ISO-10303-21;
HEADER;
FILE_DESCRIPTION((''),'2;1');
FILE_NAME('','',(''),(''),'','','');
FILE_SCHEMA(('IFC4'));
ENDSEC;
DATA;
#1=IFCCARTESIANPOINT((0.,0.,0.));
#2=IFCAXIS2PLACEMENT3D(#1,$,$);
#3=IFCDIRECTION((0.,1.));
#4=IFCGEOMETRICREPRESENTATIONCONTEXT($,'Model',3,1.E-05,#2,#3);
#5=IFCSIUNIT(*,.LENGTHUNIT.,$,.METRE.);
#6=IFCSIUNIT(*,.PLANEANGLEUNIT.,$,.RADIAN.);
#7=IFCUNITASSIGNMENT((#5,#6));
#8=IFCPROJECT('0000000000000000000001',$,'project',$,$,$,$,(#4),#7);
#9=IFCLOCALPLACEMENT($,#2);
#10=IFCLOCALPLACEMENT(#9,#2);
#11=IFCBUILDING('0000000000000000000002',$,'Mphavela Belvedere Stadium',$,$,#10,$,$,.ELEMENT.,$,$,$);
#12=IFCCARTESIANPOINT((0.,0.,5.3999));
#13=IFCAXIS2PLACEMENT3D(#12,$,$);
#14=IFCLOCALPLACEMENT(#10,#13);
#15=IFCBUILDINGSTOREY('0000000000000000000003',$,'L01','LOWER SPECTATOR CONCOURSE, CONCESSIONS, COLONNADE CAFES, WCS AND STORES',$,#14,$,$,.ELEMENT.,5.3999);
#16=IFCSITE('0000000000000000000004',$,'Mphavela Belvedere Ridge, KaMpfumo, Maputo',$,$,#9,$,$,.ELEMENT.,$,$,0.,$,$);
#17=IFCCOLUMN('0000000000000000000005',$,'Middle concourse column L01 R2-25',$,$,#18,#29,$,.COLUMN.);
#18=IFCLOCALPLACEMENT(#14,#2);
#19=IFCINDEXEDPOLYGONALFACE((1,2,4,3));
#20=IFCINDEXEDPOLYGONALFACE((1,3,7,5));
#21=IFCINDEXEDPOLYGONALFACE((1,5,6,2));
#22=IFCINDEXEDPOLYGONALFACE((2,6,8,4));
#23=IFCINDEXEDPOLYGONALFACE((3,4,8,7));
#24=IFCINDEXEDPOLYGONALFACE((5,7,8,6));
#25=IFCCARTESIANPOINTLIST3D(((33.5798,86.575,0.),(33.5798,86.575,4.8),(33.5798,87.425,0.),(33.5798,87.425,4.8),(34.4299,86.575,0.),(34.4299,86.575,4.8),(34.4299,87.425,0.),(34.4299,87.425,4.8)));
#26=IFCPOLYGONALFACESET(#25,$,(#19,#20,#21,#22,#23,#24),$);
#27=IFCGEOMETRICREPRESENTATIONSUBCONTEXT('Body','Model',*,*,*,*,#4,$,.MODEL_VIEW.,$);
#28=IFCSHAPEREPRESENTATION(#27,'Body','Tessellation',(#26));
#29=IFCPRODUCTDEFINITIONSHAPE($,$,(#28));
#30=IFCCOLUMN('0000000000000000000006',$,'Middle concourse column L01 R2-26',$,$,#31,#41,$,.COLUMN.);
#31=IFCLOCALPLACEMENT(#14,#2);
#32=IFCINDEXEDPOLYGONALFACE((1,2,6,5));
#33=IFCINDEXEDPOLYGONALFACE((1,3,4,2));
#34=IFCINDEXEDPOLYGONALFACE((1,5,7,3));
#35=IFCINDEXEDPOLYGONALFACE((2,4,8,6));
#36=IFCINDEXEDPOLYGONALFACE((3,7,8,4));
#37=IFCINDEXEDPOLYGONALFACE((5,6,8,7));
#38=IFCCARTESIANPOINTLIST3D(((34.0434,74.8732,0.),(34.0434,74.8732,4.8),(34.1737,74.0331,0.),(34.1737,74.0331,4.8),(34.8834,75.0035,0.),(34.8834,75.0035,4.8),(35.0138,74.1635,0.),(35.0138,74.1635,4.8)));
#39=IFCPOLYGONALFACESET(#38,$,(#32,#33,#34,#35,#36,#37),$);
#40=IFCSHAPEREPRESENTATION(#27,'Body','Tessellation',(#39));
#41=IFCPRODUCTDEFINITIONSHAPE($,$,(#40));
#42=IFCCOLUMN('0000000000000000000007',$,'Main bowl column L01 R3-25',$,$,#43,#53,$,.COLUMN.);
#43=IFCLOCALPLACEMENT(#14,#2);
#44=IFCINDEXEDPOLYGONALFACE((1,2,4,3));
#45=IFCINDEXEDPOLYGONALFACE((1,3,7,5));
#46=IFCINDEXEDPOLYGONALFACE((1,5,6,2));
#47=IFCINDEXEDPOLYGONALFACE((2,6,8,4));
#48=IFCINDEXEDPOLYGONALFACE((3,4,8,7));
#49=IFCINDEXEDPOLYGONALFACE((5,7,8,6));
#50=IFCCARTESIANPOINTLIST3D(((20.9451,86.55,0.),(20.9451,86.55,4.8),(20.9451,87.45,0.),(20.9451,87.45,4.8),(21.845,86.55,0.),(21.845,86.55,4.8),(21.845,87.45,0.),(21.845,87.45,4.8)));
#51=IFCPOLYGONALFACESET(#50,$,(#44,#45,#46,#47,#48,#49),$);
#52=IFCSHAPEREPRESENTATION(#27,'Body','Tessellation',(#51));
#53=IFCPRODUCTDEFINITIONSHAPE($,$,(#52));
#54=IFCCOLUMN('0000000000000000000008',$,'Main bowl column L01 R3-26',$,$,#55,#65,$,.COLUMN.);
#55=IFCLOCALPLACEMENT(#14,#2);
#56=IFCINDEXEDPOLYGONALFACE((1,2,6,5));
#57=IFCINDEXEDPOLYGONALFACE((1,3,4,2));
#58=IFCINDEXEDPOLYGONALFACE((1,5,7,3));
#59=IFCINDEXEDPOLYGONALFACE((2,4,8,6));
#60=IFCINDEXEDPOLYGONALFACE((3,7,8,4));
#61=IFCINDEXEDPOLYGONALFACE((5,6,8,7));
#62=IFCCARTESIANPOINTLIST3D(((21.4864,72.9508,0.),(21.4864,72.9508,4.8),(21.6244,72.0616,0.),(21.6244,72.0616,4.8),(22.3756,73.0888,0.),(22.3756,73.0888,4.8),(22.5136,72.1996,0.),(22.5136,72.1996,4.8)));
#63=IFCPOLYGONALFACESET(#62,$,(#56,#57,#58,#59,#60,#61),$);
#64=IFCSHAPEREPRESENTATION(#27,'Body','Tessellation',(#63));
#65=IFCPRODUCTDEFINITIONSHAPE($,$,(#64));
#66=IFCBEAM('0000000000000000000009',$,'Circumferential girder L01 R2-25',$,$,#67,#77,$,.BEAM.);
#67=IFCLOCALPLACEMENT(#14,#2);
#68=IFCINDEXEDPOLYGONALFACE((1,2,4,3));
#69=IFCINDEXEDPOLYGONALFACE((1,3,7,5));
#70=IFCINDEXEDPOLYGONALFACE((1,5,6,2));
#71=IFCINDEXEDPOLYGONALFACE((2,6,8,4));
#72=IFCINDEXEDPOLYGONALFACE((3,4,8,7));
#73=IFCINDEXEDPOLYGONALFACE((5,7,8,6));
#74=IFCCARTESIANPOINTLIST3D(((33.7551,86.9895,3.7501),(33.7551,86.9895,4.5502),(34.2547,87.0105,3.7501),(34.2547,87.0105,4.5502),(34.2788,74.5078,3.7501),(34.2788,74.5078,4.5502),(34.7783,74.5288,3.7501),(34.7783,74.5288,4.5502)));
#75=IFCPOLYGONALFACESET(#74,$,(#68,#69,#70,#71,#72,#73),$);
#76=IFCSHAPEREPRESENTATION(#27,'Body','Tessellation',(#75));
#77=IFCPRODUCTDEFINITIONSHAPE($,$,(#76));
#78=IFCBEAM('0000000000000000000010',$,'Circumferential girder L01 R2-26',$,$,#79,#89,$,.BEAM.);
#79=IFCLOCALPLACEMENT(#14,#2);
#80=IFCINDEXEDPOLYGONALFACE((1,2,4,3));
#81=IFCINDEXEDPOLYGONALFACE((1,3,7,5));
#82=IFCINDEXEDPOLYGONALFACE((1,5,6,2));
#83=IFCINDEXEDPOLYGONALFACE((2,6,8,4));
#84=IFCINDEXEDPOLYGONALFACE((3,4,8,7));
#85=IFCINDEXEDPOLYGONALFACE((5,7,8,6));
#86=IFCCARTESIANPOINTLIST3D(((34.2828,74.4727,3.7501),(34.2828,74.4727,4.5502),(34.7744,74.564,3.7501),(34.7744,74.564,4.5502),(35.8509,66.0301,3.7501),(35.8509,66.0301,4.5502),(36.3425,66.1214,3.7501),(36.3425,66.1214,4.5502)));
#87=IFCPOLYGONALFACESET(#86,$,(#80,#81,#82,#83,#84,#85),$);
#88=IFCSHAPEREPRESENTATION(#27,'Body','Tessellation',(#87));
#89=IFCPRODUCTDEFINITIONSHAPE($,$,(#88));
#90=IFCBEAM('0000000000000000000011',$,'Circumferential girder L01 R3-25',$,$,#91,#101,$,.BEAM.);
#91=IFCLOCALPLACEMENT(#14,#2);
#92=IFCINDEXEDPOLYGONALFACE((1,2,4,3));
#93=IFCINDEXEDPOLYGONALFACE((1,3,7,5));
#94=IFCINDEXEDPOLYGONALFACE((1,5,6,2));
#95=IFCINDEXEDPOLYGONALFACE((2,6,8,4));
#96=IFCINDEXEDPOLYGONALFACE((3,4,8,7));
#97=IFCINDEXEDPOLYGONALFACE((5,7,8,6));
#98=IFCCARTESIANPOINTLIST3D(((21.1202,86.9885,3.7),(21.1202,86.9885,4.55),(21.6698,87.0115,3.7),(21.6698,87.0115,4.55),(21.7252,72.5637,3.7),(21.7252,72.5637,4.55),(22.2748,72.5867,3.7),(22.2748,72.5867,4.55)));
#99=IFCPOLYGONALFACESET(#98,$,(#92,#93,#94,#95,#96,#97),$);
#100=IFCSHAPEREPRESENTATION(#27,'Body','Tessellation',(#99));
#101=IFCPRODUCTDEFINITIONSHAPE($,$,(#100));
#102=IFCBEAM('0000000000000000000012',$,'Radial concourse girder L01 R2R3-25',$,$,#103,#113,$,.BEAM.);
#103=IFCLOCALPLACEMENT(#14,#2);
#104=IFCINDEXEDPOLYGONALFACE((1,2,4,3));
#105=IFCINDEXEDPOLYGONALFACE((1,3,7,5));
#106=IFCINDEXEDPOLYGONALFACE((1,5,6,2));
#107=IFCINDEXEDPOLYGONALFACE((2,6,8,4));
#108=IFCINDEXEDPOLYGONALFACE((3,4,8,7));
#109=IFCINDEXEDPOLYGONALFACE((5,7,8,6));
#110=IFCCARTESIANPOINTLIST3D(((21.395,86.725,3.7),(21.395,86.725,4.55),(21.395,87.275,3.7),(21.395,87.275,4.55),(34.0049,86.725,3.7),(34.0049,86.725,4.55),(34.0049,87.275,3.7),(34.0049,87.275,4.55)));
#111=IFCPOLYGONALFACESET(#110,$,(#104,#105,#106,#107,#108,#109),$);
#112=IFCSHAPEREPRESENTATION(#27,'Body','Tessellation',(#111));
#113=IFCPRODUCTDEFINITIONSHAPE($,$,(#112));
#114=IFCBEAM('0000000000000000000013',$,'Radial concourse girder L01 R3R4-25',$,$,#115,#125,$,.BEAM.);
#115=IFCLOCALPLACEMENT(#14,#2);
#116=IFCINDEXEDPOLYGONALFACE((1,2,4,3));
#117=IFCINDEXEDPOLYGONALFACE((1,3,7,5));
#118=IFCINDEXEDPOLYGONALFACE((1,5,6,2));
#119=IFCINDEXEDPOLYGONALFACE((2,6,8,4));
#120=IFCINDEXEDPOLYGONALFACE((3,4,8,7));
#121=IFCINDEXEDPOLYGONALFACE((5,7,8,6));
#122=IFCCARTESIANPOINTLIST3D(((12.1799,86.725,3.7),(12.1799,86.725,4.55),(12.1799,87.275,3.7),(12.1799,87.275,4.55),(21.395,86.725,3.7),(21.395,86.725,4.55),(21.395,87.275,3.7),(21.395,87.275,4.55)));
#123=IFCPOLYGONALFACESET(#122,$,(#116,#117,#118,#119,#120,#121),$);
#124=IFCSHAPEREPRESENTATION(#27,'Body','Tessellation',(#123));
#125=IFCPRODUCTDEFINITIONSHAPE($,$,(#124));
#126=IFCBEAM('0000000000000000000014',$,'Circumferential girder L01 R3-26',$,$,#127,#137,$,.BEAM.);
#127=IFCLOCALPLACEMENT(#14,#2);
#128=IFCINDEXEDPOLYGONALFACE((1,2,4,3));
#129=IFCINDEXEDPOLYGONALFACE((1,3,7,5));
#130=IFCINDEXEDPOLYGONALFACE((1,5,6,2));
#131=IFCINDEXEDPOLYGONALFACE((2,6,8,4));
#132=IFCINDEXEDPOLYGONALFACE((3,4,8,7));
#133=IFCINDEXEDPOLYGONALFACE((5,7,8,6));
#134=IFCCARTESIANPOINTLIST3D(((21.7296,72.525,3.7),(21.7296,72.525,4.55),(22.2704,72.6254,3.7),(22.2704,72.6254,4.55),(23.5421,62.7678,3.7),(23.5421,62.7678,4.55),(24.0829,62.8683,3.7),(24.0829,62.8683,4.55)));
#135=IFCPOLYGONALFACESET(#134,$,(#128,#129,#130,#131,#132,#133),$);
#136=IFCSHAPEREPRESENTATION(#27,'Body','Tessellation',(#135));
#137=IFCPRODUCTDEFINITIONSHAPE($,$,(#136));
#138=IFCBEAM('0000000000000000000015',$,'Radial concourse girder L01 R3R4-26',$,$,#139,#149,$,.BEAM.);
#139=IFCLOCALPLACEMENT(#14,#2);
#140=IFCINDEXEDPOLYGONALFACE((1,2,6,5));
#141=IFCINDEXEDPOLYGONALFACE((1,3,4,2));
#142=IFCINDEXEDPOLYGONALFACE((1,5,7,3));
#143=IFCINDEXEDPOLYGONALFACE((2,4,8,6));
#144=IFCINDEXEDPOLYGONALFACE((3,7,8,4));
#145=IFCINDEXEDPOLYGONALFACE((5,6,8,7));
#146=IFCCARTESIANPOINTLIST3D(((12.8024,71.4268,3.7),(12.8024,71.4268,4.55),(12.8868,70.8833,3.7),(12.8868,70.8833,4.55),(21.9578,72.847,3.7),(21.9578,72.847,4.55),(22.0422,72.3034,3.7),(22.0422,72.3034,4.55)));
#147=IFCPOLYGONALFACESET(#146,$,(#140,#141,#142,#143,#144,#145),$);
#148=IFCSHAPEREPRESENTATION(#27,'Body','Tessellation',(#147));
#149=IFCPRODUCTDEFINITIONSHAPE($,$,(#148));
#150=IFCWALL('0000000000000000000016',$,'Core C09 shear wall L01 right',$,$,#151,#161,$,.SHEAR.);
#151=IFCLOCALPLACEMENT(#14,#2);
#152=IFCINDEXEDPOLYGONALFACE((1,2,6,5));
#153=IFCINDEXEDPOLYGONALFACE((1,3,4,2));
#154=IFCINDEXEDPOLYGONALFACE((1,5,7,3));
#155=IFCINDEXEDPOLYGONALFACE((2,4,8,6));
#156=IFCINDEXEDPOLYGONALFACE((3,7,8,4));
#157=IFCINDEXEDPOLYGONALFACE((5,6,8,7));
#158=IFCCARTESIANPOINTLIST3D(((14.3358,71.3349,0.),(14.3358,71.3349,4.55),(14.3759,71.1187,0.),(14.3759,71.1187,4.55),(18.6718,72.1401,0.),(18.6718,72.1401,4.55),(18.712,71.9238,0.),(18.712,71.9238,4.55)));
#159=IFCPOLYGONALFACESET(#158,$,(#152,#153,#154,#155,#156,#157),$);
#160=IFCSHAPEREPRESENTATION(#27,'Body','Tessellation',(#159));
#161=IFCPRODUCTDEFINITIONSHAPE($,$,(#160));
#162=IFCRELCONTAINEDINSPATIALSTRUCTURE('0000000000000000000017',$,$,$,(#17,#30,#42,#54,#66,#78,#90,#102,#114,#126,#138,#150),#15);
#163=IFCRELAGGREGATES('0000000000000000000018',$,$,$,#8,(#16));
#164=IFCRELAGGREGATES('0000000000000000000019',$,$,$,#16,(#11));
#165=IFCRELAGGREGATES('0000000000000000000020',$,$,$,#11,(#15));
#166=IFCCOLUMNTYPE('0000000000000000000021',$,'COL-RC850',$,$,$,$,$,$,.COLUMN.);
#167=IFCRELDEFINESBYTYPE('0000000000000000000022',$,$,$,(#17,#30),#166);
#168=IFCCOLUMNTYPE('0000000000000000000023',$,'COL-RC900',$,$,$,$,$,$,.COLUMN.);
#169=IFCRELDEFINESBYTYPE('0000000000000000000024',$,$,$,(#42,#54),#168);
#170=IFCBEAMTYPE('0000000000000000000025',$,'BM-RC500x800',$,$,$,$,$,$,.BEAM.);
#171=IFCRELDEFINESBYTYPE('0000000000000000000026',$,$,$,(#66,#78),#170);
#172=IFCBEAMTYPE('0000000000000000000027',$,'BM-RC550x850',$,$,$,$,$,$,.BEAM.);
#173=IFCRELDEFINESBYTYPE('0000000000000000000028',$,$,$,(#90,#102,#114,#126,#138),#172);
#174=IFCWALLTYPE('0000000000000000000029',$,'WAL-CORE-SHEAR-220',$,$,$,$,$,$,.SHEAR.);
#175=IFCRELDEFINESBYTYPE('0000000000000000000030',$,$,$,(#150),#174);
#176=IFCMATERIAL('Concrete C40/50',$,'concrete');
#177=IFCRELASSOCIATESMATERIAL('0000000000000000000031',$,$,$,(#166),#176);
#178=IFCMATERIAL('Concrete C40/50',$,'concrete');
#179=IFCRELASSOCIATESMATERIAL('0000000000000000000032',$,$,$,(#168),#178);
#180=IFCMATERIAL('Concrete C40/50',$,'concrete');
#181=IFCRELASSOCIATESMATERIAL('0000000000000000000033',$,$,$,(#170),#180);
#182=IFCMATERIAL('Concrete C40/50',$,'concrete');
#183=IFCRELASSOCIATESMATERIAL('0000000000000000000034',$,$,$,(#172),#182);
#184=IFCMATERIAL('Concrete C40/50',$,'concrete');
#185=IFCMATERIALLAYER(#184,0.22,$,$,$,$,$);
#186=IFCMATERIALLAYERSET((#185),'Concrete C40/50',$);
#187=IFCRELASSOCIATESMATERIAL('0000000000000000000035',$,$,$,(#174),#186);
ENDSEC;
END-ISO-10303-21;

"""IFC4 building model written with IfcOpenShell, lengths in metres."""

from ifc_helpers import new_model, si_unit, direction, frame, frame_2d, origin, origin_2d, place, context, subcontext, project, spatial, rectangle, extrude, material, layer, layer_set, material_profile, profile_set, type_object, element, save


model = new_model("IFC4")

# Units and contexts
model_context = context("Model", 3, precision=1e-05, world=origin(), true_north=direction((0.0, 1.0)))
body_context = subcontext(model_context, "Body", "Model", "MODEL_VIEW")
ifc_project = project(units=[si_unit("LENGTHUNIT", "METRE"), si_unit("PLANEANGLEUNIT", "RADIAN")], contexts=[model_context])

# Site, building, storey
site_placement = place(None, origin())
site = spatial("IfcSite", under=ifc_project, at=site_placement, Name="Mphavela Belvedere Ridge, KaMpfumo, Maputo", CompositionType="ELEMENT", RefElevation=0.0)
building_placement = place(site_placement, origin())
building = spatial("IfcBuilding", under=site, at=building_placement, Name="Mphavela Belvedere Stadium", CompositionType="ELEMENT")
storey_placement = place(building_placement, frame((0.0, 0.0, 5.3999)))
storey = spatial("IfcBuildingStorey", under=building, at=storey_placement, Name="L01", Description="LOWER SPECTATOR CONCOURSE, CONCESSIONS, COLONNADE CAFES, WCS AND STORES", CompositionType="ELEMENT", Elevation=5.3999)

# Columns
ifc_material_1 = material(Name="Concrete C40/50", Category="concrete")
ifc_material_profile_1 = material_profile(ifc_material_1, rectangle(XDim=0.8501, YDim=0.8501, at=origin_2d()), Name="RC 850x850")
ifc_profile_set_1 = profile_set([ifc_material_profile_1], Name="Concrete C40/50")
column_type_1 = type_object("IfcColumnType", Name="COL-RC850", PredefinedType="COLUMN", material=ifc_profile_set_1)
for number, where, z_axis, x_axis, name in (
    (1, (34.0049, 87.0, 0.0), (0.0, 0.0, 1.0), (-1.0, 0.0, 0.0), "Middle concourse column L01 R2-25"),
    (2, (34.5286, 74.5183, 0.0), (0.0, 0.0, 1.0), (-0.988175, -0.153331, 0.0), "Middle concourse column L01 R2-26"),
):
    element("IfcColumn", number, at=place(storey_placement, frame(where, z_axis=z_axis, x_axis=x_axis)), inside=storey, type_object=column_type_1, Name=name, PredefinedType="COLUMN", context=body_context, shape_type="SweptSolid", body=[
        extrude(rectangle(XDim=0.8501, YDim=0.8501, at=origin_2d()), origin(), (0.0, 0.0, 1.0), 4.8),
    ])
ifc_material_2 = material(Name="Concrete C40/50", Category="concrete")
ifc_material_profile_2 = material_profile(ifc_material_2, rectangle(XDim=0.8999, YDim=0.8999, at=origin_2d()), Name="RC 900x900")
ifc_profile_set_2 = profile_set([ifc_material_profile_2], Name="Concrete C40/50")
column_type_2 = type_object("IfcColumnType", Name="COL-RC900", PredefinedType="COLUMN", material=ifc_profile_set_2)
for number, where, z_axis, x_axis, name in (
    (3, (21.395, 87.0, 0.0), (0.0, 0.0, 1.0), (-1.0, 0.0, 0.0), "Main bowl column L01 R3-25"),
    (4, (22.0, 72.5752, 0.0), (0.0, 0.0, 1.0), (-0.988175, -0.153331, 0.0), "Main bowl column L01 R3-26"),
):
    element("IfcColumn", number, at=place(storey_placement, frame(where, z_axis=z_axis, x_axis=x_axis)), inside=storey, type_object=column_type_2, Name=name, PredefinedType="COLUMN", context=body_context, shape_type="SweptSolid", body=[
        extrude(rectangle(XDim=0.8999, YDim=0.8999, at=origin_2d()), origin(), (0.0, 0.0, 1.0), 4.8),
    ])

# Beams
ifc_material_3 = material(Name="Concrete C40/50", Category="concrete")
ifc_material_profile_3 = material_profile(ifc_material_3, rectangle(XDim=0.5, YDim=0.8, at=origin_2d()), Name="RC 500x800")
ifc_profile_set_3 = profile_set([ifc_material_profile_3], Name="Concrete C40/50")
beam_type_1 = type_object("IfcBeamType", Name="BM-RC500x800", PredefinedType="BEAM", material=ifc_profile_set_3)
beam_1_placement = place(storey_placement, frame((34.0049, 87.0, 4.1501), z_axis=(0.041919, -0.999121, 0.0), x_axis=(0.999121, 0.041919, 0.0)))
element("IfcBeam", 5, at=beam_1_placement, inside=storey, type_object=beam_type_1, Name="Circumferential girder L01 R2-25", PredefinedType="BEAM", context=body_context, shape_type="SweptSolid", body=[
    extrude(rectangle(XDim=0.5, YDim=0.8, at=origin_2d()), origin(), (0.0, 0.0, 1.0), 12.4927),
])
beam_2_placement = place(storey_placement, frame((34.5286, 74.5183, 4.1501), z_axis=(0.182615, -0.983185, 0.0), x_axis=(0.983185, 0.182615, 0.0)))
element("IfcBeam", 6, at=beam_2_placement, inside=storey, type_object=beam_type_1, Name="Circumferential girder L01 R2-26", PredefinedType="BEAM", context=body_context, shape_type="SweptSolid", body=[
    extrude(rectangle(XDim=0.5, YDim=0.8, at=origin_2d()), origin(), (0.0, 0.0, 1.0), 8.5869),
])
ifc_material_4 = material(Name="Concrete C40/50", Category="concrete")
ifc_material_profile_4 = material_profile(ifc_material_4, rectangle(XDim=0.55, YDim=0.8501, at=origin_2d()), Name="RC 550x850")
ifc_profile_set_4 = profile_set([ifc_material_profile_4], Name="Concrete C40/50")
beam_type_2 = type_object("IfcBeamType", Name="BM-RC550x850", PredefinedType="BEAM", material=ifc_profile_set_4)
beam_3_placement = place(storey_placement, frame((21.395, 87.0, 4.125), z_axis=(0.041903, -0.999122, 0.0), x_axis=(0.999122, 0.041903, 0.0)))
element("IfcBeam", 7, at=beam_3_placement, inside=storey, type_object=beam_type_2, Name="Circumferential girder L01 R3-25", PredefinedType="BEAM", context=body_context, shape_type="SweptSolid", body=[
    extrude(rectangle(XDim=0.55, YDim=0.8501, at=origin_2d()), origin(), (0.0, 0.0, 1.0), 14.4375),
])
beam_4_placement = place(storey_placement, frame((34.0049, 87.0, 4.125), z_axis=(-1.0, 0.0, 0.0), x_axis=(0.0, -1.0, 0.0)))
element("IfcBeam", 8, at=beam_4_placement, inside=storey, type_object=beam_type_2, Name="Radial concourse girder L01 R2R3-25", PredefinedType="BEAM", context=body_context, shape_type="SweptSolid", body=[
    extrude(rectangle(XDim=0.55, YDim=0.8501, at=origin_2d()), origin(), (0.0, 0.0, 1.0), 12.6099),
])
beam_5_placement = place(storey_placement, frame((21.395, 87.0, 4.125), z_axis=(-1.0, 0.0, 0.0), x_axis=(0.0, -1.0, 0.0)))
element("IfcBeam", 9, at=beam_5_placement, inside=storey, type_object=beam_type_2, Name="Radial concourse girder L01 R3R4-25", PredefinedType="BEAM", context=body_context, shape_type="SweptSolid", body=[
    extrude(rectangle(XDim=0.55, YDim=0.8501, at=origin_2d()), origin(), (0.0, 0.0, 1.0), 9.2151),
])
beam_6_placement = place(storey_placement, frame((22.0, 72.5752, 4.125), z_axis=(0.182638, -0.98318, 0.0), x_axis=(0.98318, 0.182638, 0.0)))
element("IfcBeam", 10, at=beam_6_placement, inside=storey, type_object=beam_type_2, Name="Circumferential girder L01 R3-26", PredefinedType="BEAM", context=body_context, shape_type="SweptSolid", body=[
    extrude(rectangle(XDim=0.55, YDim=0.8501, at=origin_2d()), origin(), (0.0, 0.0, 1.0), 9.9241),
])
beam_7_placement = place(storey_placement, frame((22.0, 72.5752, 4.125), z_axis=(-0.988182, -0.153283, 0.0), x_axis=(0.153283, -0.988182, 0.0)))
element("IfcBeam", 11, at=beam_7_placement, inside=storey, type_object=beam_type_2, Name="Radial concourse girder L01 R3R4-26", PredefinedType="BEAM", context=body_context, shape_type="SweptSolid", body=[
    extrude(rectangle(XDim=0.55, YDim=0.8501, at=origin_2d()), origin(), (0.0, 0.0, 1.0), 9.2649),
])

# Wall
ifc_material_5 = material(Name="Concrete C40/50", Category="concrete")
ifc_layer_1 = layer(ifc_material_5, 0.22)
ifc_layer_set_1 = layer_set([ifc_layer_1], Name="Concrete C40/50")
wall_type_1 = type_object("IfcWallType", Name="WAL-CORE-SHEAR-220", PredefinedType="SHEAR", material=ifc_layer_set_1)
wall_1_placement = place(storey_placement, frame((18.6919, 72.032, 0.0), z_axis=(0.0, 0.0, 1.0), x_axis=(-0.983192, -0.182577, 0.0)))
element("IfcWall", 12, at=wall_1_placement, inside=storey, type_object=wall_type_1, Name="Core C09 shear wall L01 right", PredefinedType="SHEAR", context=body_context, shape_type="SweptSolid", body=[
    extrude(rectangle(XDim=4.4102, YDim=0.22, at=frame_2d((2.2051, 0.0))), origin(), (0.0, 0.0, 1.0), 4.55),
])

save(model, "model.ifc")
